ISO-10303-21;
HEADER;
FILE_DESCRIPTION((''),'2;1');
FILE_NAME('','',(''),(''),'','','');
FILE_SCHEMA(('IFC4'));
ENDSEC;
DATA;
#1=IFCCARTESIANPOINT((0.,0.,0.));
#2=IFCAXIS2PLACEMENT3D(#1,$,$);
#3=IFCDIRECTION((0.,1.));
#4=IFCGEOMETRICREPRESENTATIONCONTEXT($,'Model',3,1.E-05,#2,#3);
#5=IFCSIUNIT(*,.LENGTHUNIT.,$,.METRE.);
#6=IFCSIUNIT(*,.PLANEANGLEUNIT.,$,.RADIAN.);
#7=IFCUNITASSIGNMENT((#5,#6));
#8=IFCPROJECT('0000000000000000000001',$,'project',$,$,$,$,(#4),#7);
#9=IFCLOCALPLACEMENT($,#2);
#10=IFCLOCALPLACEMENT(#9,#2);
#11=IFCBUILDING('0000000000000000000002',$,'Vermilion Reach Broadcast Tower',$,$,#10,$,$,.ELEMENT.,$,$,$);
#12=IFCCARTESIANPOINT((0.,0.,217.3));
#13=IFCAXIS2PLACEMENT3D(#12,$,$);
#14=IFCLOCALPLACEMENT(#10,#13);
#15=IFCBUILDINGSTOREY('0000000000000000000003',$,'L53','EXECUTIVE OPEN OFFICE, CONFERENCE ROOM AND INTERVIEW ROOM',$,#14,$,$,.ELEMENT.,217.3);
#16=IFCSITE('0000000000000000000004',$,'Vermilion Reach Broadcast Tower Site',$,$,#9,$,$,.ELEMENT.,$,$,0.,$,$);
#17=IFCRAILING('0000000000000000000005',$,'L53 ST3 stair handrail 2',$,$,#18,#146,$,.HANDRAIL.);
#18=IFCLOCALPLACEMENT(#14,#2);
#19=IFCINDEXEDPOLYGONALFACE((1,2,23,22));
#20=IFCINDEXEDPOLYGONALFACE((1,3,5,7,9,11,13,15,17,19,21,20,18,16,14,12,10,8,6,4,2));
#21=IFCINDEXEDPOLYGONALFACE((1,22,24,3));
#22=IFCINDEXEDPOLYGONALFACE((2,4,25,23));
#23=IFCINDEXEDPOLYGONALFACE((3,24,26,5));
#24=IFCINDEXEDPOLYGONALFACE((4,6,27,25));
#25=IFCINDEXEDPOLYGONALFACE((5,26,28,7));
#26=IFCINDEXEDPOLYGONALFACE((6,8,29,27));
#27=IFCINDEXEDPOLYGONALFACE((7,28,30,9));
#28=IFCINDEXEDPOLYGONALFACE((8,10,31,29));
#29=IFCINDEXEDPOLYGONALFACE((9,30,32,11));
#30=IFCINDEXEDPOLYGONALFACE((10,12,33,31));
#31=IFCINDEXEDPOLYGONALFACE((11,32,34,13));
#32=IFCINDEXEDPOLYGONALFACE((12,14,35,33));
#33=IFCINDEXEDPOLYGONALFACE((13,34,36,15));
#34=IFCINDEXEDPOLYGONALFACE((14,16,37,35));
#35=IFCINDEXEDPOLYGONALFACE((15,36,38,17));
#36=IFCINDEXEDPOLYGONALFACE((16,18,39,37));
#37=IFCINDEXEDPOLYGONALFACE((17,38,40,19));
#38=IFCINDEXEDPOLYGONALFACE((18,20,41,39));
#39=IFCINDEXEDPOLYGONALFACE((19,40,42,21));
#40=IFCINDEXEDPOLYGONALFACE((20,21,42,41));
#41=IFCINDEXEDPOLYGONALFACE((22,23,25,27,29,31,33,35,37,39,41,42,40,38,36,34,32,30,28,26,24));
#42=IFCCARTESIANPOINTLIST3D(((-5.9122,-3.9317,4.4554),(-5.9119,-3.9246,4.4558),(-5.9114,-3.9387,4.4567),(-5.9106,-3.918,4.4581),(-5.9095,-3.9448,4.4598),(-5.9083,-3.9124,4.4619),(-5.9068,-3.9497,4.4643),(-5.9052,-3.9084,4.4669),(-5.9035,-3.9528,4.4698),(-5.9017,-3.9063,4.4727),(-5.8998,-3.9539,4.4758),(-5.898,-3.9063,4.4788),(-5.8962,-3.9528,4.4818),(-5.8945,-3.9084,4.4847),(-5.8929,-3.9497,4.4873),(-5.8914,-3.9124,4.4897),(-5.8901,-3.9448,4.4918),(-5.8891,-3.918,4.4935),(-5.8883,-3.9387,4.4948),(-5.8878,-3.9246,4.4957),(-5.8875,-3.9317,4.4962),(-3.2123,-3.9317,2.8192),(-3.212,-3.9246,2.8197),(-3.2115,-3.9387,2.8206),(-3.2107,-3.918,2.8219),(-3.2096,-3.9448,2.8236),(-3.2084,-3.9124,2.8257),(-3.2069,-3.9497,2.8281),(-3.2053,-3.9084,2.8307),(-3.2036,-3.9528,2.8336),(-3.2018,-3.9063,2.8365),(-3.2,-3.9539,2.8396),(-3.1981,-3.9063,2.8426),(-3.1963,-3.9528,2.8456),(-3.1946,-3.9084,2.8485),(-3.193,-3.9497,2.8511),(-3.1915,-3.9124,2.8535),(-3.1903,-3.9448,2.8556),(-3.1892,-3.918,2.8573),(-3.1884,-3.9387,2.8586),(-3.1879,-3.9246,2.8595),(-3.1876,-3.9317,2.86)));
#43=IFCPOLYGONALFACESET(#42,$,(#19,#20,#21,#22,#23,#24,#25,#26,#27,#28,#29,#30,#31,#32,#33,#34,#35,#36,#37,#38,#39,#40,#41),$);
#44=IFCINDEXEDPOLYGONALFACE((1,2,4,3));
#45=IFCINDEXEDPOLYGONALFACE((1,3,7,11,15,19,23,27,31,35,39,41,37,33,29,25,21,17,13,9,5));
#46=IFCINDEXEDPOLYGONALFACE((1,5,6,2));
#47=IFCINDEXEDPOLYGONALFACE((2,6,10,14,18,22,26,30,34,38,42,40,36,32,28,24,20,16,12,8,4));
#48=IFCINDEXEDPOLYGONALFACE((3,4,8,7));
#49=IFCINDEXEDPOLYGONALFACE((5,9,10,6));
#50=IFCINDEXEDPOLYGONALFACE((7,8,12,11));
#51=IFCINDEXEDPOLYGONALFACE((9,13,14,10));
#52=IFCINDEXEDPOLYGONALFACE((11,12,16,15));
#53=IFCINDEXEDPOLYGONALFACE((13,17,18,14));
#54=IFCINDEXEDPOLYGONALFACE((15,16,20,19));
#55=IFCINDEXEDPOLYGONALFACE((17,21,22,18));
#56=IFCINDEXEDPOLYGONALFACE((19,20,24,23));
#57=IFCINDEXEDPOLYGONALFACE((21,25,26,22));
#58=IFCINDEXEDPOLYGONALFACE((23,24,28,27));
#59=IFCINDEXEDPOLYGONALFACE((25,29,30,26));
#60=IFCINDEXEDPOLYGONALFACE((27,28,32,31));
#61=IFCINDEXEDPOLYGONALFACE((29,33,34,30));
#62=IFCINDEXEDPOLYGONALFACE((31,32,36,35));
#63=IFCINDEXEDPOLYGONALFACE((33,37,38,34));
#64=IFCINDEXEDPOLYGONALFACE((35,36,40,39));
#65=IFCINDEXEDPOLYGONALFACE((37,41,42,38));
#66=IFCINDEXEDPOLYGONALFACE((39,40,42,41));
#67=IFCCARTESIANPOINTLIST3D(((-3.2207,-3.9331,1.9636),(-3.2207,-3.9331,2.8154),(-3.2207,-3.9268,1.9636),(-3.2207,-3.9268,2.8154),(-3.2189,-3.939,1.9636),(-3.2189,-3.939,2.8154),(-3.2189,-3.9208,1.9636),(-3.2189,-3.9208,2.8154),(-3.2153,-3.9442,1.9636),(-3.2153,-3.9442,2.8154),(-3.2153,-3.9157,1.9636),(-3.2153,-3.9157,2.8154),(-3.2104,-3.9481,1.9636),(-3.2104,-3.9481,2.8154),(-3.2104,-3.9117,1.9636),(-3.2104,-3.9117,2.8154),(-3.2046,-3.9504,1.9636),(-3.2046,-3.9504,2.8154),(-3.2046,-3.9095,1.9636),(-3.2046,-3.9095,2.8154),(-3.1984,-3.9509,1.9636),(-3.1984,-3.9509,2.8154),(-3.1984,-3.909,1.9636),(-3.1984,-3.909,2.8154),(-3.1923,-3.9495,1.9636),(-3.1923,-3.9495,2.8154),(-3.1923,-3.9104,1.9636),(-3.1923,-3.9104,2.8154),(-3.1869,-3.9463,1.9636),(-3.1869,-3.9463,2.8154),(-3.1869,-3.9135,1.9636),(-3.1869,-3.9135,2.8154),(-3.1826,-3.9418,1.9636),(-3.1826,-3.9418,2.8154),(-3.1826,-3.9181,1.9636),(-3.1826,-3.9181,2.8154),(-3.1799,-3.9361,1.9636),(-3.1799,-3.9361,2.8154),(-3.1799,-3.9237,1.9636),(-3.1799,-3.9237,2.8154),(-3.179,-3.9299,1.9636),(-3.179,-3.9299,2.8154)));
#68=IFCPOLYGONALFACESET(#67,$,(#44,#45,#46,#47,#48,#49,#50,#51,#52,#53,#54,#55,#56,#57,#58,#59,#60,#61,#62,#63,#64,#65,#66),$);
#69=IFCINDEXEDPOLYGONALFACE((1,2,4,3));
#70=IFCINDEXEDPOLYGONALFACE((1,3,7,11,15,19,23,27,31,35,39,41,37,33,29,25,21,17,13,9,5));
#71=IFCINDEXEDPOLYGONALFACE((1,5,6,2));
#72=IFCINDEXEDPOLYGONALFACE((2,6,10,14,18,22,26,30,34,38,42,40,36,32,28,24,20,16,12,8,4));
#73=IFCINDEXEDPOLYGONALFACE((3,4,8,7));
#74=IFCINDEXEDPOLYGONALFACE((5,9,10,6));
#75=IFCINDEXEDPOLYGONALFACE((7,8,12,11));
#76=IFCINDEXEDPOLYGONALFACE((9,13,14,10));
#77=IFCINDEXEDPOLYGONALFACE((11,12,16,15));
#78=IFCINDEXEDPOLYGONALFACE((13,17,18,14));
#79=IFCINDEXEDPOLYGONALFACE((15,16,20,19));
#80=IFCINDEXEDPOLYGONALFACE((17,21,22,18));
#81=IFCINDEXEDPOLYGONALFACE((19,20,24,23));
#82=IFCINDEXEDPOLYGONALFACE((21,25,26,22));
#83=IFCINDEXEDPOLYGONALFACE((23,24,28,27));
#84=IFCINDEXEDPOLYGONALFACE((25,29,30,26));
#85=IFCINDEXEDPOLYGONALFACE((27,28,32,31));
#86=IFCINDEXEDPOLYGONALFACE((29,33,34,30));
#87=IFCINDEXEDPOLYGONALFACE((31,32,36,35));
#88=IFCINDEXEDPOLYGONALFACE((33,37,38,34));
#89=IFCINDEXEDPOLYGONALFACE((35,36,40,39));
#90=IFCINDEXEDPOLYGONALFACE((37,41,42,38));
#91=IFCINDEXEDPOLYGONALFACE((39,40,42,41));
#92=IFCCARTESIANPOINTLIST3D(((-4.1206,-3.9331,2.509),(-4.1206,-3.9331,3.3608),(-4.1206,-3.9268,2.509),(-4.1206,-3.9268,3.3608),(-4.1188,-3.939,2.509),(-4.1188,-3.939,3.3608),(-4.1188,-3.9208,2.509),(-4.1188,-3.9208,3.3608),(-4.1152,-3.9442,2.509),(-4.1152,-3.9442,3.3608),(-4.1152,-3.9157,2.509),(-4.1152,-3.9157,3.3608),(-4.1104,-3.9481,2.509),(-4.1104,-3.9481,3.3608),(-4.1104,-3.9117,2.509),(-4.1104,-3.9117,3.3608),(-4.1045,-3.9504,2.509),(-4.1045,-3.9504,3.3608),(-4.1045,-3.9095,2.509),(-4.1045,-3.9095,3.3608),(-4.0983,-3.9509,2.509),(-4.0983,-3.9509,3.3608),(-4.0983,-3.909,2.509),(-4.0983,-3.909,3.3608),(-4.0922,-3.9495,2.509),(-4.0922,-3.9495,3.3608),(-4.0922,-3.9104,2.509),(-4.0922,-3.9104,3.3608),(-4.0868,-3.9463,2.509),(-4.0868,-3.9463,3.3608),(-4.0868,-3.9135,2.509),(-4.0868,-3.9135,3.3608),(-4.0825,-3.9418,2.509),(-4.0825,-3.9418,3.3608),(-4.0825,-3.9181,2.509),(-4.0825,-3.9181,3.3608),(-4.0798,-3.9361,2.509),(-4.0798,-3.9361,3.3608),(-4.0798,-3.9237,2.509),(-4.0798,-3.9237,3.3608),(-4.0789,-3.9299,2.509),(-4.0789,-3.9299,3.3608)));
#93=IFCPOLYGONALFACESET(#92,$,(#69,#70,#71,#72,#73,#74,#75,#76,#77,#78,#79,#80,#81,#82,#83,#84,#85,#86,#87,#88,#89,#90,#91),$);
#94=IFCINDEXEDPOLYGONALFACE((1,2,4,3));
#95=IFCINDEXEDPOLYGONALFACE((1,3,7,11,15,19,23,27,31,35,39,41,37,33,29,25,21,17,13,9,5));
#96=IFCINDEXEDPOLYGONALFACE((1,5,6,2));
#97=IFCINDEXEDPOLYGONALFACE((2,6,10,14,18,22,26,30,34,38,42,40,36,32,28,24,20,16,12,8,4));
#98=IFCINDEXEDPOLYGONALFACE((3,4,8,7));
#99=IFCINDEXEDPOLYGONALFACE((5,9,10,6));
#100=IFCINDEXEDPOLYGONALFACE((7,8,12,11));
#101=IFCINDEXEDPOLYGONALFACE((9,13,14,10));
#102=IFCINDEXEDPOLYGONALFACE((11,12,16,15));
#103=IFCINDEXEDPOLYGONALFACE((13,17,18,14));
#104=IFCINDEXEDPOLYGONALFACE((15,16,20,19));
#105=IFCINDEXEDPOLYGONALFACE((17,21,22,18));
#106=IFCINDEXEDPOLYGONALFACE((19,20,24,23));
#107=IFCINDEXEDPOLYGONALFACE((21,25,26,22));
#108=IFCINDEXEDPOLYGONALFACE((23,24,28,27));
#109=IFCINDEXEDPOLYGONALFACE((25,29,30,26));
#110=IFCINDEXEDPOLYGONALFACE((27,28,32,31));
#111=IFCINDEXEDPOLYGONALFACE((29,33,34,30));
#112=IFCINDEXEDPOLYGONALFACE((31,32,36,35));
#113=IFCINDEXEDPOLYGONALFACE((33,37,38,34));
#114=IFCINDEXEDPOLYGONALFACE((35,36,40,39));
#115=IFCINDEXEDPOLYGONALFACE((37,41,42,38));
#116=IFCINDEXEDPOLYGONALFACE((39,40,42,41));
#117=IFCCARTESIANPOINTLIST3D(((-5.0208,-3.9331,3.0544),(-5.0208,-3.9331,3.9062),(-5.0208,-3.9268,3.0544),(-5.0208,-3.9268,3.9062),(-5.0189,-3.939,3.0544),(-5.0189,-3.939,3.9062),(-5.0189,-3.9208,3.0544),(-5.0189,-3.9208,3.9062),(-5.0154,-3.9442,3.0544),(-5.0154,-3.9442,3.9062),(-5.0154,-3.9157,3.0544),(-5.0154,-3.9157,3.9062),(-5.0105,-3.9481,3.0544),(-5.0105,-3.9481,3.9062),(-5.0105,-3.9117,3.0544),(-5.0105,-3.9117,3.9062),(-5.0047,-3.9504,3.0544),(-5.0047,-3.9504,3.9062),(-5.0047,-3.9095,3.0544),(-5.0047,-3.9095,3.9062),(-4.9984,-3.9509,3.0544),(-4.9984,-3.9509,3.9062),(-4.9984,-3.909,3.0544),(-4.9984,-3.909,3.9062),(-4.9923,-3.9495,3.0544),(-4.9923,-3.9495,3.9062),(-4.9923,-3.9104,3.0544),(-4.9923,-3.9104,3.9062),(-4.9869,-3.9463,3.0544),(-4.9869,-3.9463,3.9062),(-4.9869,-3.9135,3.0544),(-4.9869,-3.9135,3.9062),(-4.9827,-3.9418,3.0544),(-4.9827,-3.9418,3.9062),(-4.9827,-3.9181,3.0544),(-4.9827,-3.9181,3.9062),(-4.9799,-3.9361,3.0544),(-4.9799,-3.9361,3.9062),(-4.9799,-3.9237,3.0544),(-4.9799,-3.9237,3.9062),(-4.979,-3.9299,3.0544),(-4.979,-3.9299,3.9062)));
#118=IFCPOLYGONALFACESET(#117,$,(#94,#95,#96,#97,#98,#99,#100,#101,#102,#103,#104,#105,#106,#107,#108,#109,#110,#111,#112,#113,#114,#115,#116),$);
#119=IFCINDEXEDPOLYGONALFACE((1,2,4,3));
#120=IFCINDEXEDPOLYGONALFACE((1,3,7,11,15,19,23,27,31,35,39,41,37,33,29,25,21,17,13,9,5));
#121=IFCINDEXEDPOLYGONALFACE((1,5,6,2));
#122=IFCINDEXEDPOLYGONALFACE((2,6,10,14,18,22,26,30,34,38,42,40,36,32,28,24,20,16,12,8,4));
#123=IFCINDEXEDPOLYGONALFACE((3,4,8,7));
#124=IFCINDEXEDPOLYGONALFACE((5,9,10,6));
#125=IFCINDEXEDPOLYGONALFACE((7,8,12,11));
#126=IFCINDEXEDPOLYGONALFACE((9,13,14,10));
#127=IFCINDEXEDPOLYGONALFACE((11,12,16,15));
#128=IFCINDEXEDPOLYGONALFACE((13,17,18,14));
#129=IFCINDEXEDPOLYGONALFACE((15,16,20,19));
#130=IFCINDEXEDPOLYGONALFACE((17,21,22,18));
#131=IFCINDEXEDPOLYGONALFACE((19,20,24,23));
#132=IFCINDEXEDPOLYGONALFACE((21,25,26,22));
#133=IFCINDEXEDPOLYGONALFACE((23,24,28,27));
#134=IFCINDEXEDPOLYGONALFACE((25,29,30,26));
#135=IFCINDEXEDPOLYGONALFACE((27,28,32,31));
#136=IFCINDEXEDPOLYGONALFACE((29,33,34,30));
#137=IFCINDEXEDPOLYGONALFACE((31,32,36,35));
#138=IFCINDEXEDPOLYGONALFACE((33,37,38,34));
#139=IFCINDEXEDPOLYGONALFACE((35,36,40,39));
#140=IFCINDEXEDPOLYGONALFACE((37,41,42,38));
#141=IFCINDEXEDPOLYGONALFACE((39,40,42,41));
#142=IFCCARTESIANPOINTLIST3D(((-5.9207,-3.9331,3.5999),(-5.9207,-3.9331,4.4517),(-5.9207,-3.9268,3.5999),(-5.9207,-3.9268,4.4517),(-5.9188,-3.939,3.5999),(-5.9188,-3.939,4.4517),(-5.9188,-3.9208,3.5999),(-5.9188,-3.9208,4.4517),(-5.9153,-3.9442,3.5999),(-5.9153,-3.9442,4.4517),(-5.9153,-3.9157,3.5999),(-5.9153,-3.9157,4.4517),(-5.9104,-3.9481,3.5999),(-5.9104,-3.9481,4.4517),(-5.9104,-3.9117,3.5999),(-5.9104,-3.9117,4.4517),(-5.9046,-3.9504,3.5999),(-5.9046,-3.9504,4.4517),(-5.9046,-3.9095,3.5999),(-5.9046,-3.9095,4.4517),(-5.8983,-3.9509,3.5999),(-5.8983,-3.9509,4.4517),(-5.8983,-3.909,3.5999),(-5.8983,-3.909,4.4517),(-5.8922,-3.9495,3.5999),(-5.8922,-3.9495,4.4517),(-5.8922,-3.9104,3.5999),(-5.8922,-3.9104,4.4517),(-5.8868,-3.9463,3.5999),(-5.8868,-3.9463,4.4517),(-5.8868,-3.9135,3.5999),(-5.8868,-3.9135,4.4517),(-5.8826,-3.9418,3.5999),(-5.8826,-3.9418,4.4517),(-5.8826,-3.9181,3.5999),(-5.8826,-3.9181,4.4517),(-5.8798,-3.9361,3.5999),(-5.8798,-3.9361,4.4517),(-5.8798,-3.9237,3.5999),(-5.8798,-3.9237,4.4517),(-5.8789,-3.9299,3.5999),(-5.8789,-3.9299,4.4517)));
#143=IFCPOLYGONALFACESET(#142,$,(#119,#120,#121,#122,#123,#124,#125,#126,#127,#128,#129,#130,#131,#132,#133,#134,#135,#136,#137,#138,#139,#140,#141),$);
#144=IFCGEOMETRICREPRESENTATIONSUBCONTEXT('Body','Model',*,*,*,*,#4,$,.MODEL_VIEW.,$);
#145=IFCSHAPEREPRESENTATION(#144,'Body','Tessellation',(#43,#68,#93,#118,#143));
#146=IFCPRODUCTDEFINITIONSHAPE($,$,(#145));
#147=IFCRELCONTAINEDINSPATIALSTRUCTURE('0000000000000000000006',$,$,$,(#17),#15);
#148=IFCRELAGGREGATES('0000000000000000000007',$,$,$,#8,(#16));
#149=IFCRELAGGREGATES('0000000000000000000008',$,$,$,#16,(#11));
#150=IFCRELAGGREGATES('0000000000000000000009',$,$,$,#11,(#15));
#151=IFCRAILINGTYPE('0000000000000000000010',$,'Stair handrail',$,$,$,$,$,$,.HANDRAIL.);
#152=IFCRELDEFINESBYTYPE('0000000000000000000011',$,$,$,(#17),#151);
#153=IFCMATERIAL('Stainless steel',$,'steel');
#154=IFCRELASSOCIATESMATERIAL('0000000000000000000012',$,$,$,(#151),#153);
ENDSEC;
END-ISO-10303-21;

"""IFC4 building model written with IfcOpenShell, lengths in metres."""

from ifc_helpers import new_model, si_unit, direction, frame, origin, origin_2d, place, context, subcontext, project, spatial, circle, extrude, material, type_object, element, save


model = new_model("IFC4")

# Units and contexts
model_context = context("Model", 3, precision=1e-05, world=origin(), true_north=direction((0.0, 1.0)))
body_context = subcontext(model_context, "Body", "Model", "MODEL_VIEW")
ifc_project = project(units=[si_unit("LENGTHUNIT", "METRE"), si_unit("PLANEANGLEUNIT", "RADIAN")], contexts=[model_context])

# Site, building, storey
site_placement = place(None, origin())
site = spatial("IfcSite", under=ifc_project, at=site_placement, Name="Vermilion Reach Broadcast Tower Site", CompositionType="ELEMENT", RefElevation=0.0)
building_placement = place(site_placement, origin())
building = spatial("IfcBuilding", under=site, at=building_placement, Name="Vermilion Reach Broadcast Tower", CompositionType="ELEMENT")
storey_placement = place(building_placement, frame((0.0, 0.0, 217.3)))
storey = spatial("IfcBuildingStorey", under=building, at=storey_placement, Name="L53", Description="EXECUTIVE OPEN OFFICE, CONFERENCE ROOM AND INTERVIEW ROOM", CompositionType="ELEMENT", Elevation=217.3)

# Railing
ifc_material_1 = material(Name="Stainless steel", Category="steel")
railing_type_1 = type_object("IfcRailingType", Name="Stair handrail", PredefinedType="HANDRAIL", material=ifc_material_1)
railing_1_placement = place(storey_placement, frame((-3.2, -3.9299, 1.9636)))
element("IfcRailing", 1, at=railing_1_placement, inside=storey, type_object=railing_type_1, Name="L53 ST3 stair handrail 2", PredefinedType="HANDRAIL", context=body_context, shape_type="SweptSolid", body=[
    extrude(circle(Radius=0.0239, at=origin_2d()), frame((0.0, 0.0, 0.876), z_axis=(-0.855212, 0.0, 0.518278), x_axis=(0.0, -1.0, 0.0)), (0.0, 0.0, 1.0), 3.157),
    extrude(circle(Radius=0.021, at=origin_2d()), origin(), (0.0, 0.0, 1.0), 0.8518),
    extrude(circle(Radius=0.021, at=origin_2d()), frame((-0.8999, 0.0, 0.5454)), (0.0, 0.0, 1.0), 0.8518),
    extrude(circle(Radius=0.021, at=origin_2d()), frame((-1.8, 0.0, 1.0908)), (0.0, 0.0, 1.0), 0.8518),
    extrude(circle(Radius=0.021, at=origin_2d()), frame((-2.7, 0.0, 1.6362)), (0.0, 0.0, 1.0), 0.8518),
])

save(model, "model.ifc")
